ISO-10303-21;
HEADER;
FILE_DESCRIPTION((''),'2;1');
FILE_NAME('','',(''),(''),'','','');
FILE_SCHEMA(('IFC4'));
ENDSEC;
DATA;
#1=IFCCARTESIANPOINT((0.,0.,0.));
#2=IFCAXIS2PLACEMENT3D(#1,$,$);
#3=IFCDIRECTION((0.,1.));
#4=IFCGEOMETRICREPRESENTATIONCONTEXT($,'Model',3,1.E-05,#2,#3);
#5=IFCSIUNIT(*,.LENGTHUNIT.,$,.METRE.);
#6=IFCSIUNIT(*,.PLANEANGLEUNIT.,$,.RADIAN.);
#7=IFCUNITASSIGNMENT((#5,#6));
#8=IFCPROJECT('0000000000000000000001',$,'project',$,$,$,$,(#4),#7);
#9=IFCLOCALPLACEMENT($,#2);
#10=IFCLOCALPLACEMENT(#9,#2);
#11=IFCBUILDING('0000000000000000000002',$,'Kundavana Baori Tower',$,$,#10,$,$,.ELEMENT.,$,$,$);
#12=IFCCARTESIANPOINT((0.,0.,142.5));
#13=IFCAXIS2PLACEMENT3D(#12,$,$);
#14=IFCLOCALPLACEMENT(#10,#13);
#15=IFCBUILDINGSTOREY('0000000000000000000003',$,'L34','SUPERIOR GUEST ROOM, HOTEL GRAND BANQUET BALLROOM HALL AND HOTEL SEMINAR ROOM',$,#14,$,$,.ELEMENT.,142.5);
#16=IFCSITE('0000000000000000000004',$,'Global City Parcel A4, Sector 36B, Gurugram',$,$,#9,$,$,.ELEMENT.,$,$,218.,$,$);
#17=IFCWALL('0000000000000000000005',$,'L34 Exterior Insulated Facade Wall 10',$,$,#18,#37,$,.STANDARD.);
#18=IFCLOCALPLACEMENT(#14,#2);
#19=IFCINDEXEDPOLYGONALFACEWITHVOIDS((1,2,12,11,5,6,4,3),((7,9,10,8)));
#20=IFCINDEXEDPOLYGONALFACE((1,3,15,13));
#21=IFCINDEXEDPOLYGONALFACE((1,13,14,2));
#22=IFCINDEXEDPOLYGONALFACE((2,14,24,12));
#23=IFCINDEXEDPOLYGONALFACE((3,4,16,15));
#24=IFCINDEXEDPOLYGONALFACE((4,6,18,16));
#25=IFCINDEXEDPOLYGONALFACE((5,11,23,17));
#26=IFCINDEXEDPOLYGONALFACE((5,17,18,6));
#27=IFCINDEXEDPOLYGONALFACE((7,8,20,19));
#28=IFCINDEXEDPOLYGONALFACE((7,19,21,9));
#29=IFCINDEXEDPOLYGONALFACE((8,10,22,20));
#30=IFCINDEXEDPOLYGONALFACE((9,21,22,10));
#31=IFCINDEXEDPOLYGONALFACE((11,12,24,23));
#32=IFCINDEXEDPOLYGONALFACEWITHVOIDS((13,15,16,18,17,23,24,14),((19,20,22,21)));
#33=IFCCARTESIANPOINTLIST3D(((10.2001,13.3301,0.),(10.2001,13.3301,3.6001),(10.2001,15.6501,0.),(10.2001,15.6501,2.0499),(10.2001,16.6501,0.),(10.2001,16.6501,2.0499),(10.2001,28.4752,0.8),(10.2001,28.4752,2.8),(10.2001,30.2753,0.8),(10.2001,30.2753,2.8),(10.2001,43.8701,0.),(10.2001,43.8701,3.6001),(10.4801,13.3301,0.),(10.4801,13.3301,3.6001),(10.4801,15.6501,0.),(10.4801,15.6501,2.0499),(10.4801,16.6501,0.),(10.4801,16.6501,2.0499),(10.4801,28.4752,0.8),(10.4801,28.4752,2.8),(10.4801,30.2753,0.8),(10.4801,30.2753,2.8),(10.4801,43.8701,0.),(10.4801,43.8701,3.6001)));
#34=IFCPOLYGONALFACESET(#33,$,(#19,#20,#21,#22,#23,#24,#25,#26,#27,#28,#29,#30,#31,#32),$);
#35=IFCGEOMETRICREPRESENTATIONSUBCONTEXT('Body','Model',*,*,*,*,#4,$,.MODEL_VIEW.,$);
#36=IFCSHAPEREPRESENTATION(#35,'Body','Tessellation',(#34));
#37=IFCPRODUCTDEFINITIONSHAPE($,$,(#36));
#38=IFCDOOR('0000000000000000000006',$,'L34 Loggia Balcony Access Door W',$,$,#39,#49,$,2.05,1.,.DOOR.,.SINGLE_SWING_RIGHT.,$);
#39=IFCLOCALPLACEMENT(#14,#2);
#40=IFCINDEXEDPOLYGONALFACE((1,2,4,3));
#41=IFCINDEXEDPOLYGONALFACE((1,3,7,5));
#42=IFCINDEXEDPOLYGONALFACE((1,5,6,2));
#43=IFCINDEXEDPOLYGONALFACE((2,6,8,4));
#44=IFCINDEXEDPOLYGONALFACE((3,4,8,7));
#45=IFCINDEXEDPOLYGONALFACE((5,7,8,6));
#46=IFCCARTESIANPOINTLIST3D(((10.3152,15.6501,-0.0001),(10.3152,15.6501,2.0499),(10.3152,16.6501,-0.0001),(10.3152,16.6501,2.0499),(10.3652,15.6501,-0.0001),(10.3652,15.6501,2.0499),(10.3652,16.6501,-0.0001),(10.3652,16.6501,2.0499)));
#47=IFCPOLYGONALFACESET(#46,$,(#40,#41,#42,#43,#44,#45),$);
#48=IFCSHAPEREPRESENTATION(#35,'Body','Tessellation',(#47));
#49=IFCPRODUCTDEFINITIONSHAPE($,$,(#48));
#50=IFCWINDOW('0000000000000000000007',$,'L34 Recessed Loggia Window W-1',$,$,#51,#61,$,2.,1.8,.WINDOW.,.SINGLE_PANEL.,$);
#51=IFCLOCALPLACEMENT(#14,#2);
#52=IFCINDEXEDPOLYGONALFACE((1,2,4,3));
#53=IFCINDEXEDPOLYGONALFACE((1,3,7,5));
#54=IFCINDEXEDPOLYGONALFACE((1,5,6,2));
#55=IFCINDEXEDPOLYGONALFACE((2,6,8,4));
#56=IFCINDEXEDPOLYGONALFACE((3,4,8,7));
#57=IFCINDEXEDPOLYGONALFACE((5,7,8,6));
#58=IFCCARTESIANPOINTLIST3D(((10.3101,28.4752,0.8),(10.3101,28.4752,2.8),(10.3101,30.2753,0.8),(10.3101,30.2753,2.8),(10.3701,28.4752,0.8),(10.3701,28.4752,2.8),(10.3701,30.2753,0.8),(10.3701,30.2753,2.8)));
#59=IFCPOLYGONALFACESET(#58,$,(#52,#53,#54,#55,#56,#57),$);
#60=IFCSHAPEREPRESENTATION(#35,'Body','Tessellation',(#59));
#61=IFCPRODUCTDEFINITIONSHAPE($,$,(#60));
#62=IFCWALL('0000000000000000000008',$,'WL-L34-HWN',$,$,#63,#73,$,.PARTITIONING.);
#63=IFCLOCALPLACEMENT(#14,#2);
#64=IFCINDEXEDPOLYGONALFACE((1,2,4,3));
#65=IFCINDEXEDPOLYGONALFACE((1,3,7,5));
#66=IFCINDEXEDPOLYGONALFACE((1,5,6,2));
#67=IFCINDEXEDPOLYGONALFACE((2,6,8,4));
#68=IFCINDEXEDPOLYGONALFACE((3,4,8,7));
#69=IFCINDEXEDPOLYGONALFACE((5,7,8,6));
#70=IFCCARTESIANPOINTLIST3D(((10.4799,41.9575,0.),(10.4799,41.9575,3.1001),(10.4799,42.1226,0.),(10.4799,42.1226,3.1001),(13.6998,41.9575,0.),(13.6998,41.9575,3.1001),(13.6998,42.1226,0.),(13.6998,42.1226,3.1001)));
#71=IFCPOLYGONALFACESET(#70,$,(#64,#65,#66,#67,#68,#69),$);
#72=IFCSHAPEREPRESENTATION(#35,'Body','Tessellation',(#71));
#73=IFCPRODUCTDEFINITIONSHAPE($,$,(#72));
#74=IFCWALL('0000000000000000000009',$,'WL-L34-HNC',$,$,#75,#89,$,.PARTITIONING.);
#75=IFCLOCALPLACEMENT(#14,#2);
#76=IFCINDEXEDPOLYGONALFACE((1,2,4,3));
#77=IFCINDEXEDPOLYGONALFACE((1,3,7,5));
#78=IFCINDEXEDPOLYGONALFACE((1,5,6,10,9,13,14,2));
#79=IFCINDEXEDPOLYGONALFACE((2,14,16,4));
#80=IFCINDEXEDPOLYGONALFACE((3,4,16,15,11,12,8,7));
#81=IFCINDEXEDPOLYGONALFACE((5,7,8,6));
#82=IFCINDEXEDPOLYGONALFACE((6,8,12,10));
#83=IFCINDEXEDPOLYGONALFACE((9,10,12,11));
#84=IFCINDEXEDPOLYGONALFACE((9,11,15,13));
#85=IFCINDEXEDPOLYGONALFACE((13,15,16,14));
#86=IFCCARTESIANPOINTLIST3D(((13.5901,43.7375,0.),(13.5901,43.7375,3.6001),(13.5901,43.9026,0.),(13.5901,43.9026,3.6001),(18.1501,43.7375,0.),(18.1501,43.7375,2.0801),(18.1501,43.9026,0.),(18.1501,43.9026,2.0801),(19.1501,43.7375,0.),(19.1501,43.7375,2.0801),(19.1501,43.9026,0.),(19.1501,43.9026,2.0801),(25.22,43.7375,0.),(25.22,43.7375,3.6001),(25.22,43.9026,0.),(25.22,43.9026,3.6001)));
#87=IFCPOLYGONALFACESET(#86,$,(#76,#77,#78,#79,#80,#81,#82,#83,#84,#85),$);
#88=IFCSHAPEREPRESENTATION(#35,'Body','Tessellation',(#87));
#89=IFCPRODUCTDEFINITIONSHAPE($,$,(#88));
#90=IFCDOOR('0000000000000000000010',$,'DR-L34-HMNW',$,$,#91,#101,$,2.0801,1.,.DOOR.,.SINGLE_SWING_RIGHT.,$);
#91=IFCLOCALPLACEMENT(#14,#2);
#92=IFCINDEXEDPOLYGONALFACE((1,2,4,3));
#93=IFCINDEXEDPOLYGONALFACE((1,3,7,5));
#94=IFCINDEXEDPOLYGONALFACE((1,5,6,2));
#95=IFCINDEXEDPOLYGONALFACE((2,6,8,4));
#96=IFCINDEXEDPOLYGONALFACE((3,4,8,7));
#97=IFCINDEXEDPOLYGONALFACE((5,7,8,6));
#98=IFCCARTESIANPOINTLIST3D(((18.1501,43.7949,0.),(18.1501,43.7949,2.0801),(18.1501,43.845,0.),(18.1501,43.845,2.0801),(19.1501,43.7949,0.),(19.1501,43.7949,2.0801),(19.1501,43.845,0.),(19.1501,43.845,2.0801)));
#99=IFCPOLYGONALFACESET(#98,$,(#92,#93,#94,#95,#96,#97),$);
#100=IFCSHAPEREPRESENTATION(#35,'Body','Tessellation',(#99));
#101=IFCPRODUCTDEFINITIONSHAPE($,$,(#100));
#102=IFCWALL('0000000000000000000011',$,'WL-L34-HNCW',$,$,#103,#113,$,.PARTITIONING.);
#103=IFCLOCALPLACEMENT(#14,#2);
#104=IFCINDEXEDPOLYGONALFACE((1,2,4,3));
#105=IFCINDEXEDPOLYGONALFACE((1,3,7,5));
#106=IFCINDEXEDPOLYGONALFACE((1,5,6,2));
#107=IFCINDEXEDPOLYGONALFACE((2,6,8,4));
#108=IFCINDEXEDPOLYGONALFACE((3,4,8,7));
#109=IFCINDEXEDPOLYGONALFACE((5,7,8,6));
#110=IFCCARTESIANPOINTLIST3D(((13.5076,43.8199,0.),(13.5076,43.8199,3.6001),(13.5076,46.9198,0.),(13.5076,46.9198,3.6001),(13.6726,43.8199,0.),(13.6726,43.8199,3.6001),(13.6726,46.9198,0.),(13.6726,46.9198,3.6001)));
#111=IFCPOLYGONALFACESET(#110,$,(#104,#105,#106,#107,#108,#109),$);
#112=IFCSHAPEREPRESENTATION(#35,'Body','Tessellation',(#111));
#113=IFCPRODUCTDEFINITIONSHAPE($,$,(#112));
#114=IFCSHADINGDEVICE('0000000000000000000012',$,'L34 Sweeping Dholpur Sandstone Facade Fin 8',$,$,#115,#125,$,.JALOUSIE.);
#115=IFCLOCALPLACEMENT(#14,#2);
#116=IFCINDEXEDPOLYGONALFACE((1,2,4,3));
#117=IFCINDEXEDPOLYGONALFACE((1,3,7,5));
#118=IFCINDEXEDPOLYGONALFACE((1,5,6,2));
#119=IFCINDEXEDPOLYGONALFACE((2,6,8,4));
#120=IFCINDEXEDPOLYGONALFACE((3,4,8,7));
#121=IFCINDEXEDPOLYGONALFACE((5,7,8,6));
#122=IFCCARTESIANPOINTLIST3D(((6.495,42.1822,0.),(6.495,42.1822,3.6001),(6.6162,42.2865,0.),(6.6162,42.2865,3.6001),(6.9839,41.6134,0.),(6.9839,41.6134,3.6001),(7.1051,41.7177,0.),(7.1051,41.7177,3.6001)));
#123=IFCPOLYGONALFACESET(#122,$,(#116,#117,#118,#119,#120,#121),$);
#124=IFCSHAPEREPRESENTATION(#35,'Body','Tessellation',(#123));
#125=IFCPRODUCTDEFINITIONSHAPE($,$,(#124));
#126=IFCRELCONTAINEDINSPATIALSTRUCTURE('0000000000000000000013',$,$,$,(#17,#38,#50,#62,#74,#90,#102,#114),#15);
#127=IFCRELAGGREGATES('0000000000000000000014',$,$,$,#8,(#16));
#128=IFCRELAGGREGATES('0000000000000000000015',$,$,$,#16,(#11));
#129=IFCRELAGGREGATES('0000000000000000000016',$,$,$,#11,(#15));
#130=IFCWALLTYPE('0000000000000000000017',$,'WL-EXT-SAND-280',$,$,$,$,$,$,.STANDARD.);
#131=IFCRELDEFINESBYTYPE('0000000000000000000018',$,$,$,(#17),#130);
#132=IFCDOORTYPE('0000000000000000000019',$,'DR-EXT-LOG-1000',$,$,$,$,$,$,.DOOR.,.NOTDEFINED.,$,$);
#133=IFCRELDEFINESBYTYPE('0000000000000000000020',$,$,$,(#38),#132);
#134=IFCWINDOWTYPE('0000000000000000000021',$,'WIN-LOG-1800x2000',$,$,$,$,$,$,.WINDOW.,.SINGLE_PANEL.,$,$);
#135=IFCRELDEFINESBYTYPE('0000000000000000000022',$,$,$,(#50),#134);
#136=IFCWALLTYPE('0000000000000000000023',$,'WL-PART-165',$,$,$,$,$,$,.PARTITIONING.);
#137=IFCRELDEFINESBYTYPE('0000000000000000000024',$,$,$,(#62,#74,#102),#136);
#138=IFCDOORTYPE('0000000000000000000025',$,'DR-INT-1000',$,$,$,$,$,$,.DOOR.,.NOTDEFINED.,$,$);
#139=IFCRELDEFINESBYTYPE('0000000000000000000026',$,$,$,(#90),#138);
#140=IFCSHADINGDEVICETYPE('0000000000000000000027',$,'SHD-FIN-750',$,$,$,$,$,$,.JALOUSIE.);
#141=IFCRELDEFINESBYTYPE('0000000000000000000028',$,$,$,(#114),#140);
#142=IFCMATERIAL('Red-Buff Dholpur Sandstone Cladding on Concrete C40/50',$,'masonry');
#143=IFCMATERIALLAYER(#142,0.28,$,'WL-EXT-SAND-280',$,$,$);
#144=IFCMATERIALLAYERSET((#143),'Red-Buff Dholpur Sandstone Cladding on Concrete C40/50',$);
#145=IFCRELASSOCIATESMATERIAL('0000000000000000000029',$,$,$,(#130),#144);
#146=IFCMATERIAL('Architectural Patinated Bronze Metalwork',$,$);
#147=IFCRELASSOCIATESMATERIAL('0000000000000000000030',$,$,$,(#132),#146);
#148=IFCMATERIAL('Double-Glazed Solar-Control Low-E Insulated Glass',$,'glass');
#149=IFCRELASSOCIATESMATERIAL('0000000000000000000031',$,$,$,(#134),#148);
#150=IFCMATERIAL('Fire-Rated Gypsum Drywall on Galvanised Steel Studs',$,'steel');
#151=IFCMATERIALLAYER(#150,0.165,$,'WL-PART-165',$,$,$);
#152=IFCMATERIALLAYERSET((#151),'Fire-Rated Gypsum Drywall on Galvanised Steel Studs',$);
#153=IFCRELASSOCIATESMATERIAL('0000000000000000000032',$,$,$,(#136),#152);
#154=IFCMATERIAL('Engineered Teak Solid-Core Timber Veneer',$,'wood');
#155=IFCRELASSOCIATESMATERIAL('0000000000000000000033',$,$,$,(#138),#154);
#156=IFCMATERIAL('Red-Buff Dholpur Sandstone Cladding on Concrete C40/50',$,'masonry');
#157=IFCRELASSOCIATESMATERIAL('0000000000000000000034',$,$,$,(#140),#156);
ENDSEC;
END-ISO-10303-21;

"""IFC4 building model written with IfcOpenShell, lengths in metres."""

from ifc_helpers import new_model, si_unit, direction, frame, frame_2d, origin, origin_2d, place, context, subcontext, project, spatial, rectangle, extrude, material, layer, layer_set, type_object, element, fill, save


model = new_model("IFC4")

# Units and contexts
model_context = context("Model", 3, precision=1e-05, world=origin(), true_north=direction((0.0, 1.0)))
body_context = subcontext(model_context, "Body", "Model", "MODEL_VIEW")
ifc_project = project(units=[si_unit("LENGTHUNIT", "METRE"), si_unit("PLANEANGLEUNIT", "RADIAN")], contexts=[model_context])

# Site, building, storey
site_placement = place(None, origin())
site = spatial("IfcSite", under=ifc_project, at=site_placement, Name="Global City Parcel A4, Sector 36B, Gurugram", CompositionType="ELEMENT", RefElevation=218.0)
building_placement = place(site_placement, origin())
building = spatial("IfcBuilding", under=site, at=building_placement, Name="Kundavana Baori Tower", CompositionType="ELEMENT")
storey_placement = place(building_placement, frame((0.0, 0.0, 142.5)))
storey = spatial("IfcBuildingStorey", under=building, at=storey_placement, Name="L34", Description="SUPERIOR GUEST ROOM, HOTEL GRAND BANQUET BALLROOM HALL AND HOTEL SEMINAR ROOM", CompositionType="ELEMENT", Elevation=142.5)

# Shared definitions
ifc_material_1 = material(Name="Red-Buff Dholpur Sandstone Cladding on Concrete C40/50", Category="masonry")
ifc_layer_1 = layer(ifc_material_1, 0.28, Name="WL-EXT-SAND-280")
ifc_layer_set_1 = layer_set([ifc_layer_1], Name="Red-Buff Dholpur Sandstone Cladding on Concrete C40/50")
wall_type_1 = type_object("IfcWallType", Name="WL-EXT-SAND-280", PredefinedType="STANDARD", material=ifc_layer_set_1)

# Wall, openings, door, window
wall_1_placement = place(storey_placement, frame((10.3401, 43.8701, 0.0), z_axis=(0.0, 0.0, 1.0), x_axis=(0.0, -1.0, 0.0)))
wall_1 = element("IfcWall", 1, at=wall_1_placement, inside=storey, type_object=wall_type_1, Name="L34 Exterior Insulated Facade Wall 10", PredefinedType="STANDARD", context=body_context, shape_type="SweptSolid", body=[
    extrude(rectangle(XDim=30.54, YDim=0.28, at=frame_2d((15.27, 0.0))), origin(), (0.0, 0.0, 1.0), 3.6001),
])
opening_1_placement = place(wall_1_placement, frame((27.22, 0.0, 0.0)))
opening_1 = element("IfcOpeningElement", 2, at=opening_1_placement, cuts=wall_1, PredefinedType="OPENING", context=body_context, shape_type="SweptSolid", body=[
    extrude(rectangle(XDim=1.0, YDim=2.05, at=frame_2d((0.5, 1.0249))), frame((0.0, 0.1499, 0.0), z_axis=(0.0, -1.0, 0.0), x_axis=(1.0, 0.0, 0.0)), (0.0, 0.0, 1.0), 0.3),
])
opening_2_placement = place(wall_1_placement, frame((13.595, 0.0, 0.8)))
opening_2 = element("IfcOpeningElement", 3, at=opening_2_placement, cuts=wall_1, PredefinedType="OPENING", context=body_context, shape_type="SweptSolid", body=[
    extrude(rectangle(XDim=1.8, YDim=2.0, at=frame_2d((0.8999, 1.0))), frame((0.0, 0.1499, 0.0), z_axis=(0.0, -1.0, 0.0), x_axis=(1.0, 0.0, 0.0)), (0.0, 0.0, 1.0), 0.3),
])
ifc_material_2 = material(Name="Architectural Patinated Bronze Metalwork")
door_type_1 = type_object("IfcDoorType", Name="DR-EXT-LOG-1000", OperationType="NOTDEFINED", PredefinedType="DOOR", material=ifc_material_2)
door_1_placement = place(opening_1_placement, frame((1.0, 0.0, 0.0), z_axis=(0.0, 0.0, 1.0), x_axis=(-1.0, 0.0, 0.0)))
door_1 = element("IfcDoor", 4, at=door_1_placement, inside=storey, type_object=door_type_1, Name="L34 Loggia Balcony Access Door W", OperationType="SINGLE_SWING_RIGHT", OverallHeight=2.05, OverallWidth=1.0, PredefinedType="DOOR", context=body_context, shape_type="SweptSolid", body=[
    extrude(rectangle(XDim=1.0, YDim=2.05, at=frame_2d((0.5, 1.0249))), frame((0.0, 0.0249, 0.0), z_axis=(0.0, -1.0, 0.0), x_axis=(1.0, 0.0, 0.0)), (0.0, 0.0, 1.0), 0.05),
])
fill(opening_1, door_1)
ifc_material_3 = material(Name="Double-Glazed Solar-Control Low-E Insulated Glass", Category="glass")
window_type = type_object("IfcWindowType", Name="WIN-LOG-1800x2000", PartitioningType="SINGLE_PANEL", PredefinedType="WINDOW", material=ifc_material_3)
window_placement = place(opening_2_placement, origin())
window = element("IfcWindow", 5, at=window_placement, inside=storey, type_object=window_type, Name="L34 Recessed Loggia Window W-1", OverallHeight=2.0, OverallWidth=1.8, PartitioningType="SINGLE_PANEL", PredefinedType="WINDOW", context=body_context, shape_type="SweptSolid", body=[
    extrude(rectangle(XDim=1.8, YDim=2.0, at=frame_2d((0.8999, 1.0))), frame((0.0, 0.03, 0.0), z_axis=(0.0, -1.0, 0.0), x_axis=(1.0, 0.0, 0.0)), (0.0, 0.0, 1.0), 0.0601),
])
fill(opening_2, window)

# Wall
ifc_material_4 = material(Name="Fire-Rated Gypsum Drywall on Galvanised Steel Studs", Category="steel")
ifc_layer_2 = layer(ifc_material_4, 0.165, Name="WL-PART-165")
ifc_layer_set_2 = layer_set([ifc_layer_2], Name="Fire-Rated Gypsum Drywall on Galvanised Steel Studs")
wall_type_2 = type_object("IfcWallType", Name="WL-PART-165", PredefinedType="PARTITIONING", material=ifc_layer_set_2)
wall_2_placement = place(storey_placement, frame((10.48, 42.04, 0.0), z_axis=(0.0, 0.0, 1.0), x_axis=(1.0, 0.0, 0.0)))
element("IfcWall", 6, at=wall_2_placement, inside=storey, type_object=wall_type_2, Name="WL-L34-HWN", PredefinedType="PARTITIONING", context=body_context, shape_type="SweptSolid", body=[
    extrude(rectangle(XDim=3.22, YDim=0.165, at=frame_2d((1.6099, 0.0))), origin(), (0.0, 0.0, 1.0), 3.1001),
])

# Wall, opening, door
wall_3_placement = place(storey_placement, frame((13.5901, 43.8201, 0.0), z_axis=(0.0, 0.0, 1.0), x_axis=(1.0, 0.0, 0.0)))
wall_3 = element("IfcWall", 7, at=wall_3_placement, inside=storey, type_object=wall_type_2, Name="WL-L34-HNC", PredefinedType="PARTITIONING", context=body_context, shape_type="SweptSolid", body=[
    extrude(rectangle(XDim=11.6299, YDim=0.165, at=frame_2d((5.8149, 0.0))), origin(), (0.0, 0.0, 1.0), 3.6001),
])
opening_3_placement = place(wall_3_placement, frame((4.5601, 0.0, 0.0)))
opening_3 = element("IfcOpeningElement", 8, at=opening_3_placement, cuts=wall_3, PredefinedType="OPENING", context=body_context, shape_type="SweptSolid", body=[
    extrude(rectangle(XDim=1.0, YDim=2.0801, at=frame_2d((0.5, 1.04))), frame((0.0, 0.0925, 0.0), z_axis=(0.0, -1.0, 0.0), x_axis=(1.0, 0.0, 0.0)), (0.0, 0.0, 1.0), 0.1851),
])
ifc_material_5 = material(Name="Engineered Teak Solid-Core Timber Veneer", Category="wood")
door_type_2 = type_object("IfcDoorType", Name="DR-INT-1000", OperationType="NOTDEFINED", PredefinedType="DOOR", material=ifc_material_5)
door_2_placement = place(opening_3_placement, origin())
door_2 = element("IfcDoor", 9, at=door_2_placement, inside=storey, type_object=door_type_2, Name="DR-L34-HMNW", OperationType="SINGLE_SWING_RIGHT", OverallHeight=2.0801, OverallWidth=1.0, PredefinedType="DOOR", context=body_context, shape_type="SweptSolid", body=[
    extrude(rectangle(XDim=1.0, YDim=2.0801, at=frame_2d((0.5, 1.04))), frame((0.0, 0.0249, 0.0), z_axis=(0.0, -1.0, 0.0), x_axis=(1.0, 0.0, 0.0)), (0.0, 0.0, 1.0), 0.05),
])
fill(opening_3, door_2)

# Wall
wall_4_placement = place(storey_placement, frame((13.5901, 43.8201, 0.0), z_axis=(0.0, 0.0, 1.0), x_axis=(0.0, 1.0, 0.0)))
element("IfcWall", 10, at=wall_4_placement, inside=storey, type_object=wall_type_2, Name="WL-L34-HNCW", PredefinedType="PARTITIONING", context=body_context, shape_type="SweptSolid", body=[
    extrude(rectangle(XDim=3.0999, YDim=0.165, at=frame_2d((1.5498, 0.0))), origin(), (0.0, 0.0, 1.0), 3.6001),
])

# Shading device
ifc_material_6 = material(Name="Red-Buff Dholpur Sandstone Cladding on Concrete C40/50", Category="masonry")
shading_device_type = type_object("IfcShadingDeviceType", Name="SHD-FIN-750", PredefinedType="JALOUSIE", material=ifc_material_6)
shading_device_placement = place(storey_placement, frame((6.8, 41.95, 0.0), z_axis=(0.0, 0.0, 1.0), x_axis=(0.758362, 0.651834, 0.0)))
element("IfcShadingDevice", 11, at=shading_device_placement, inside=storey, type_object=shading_device_type, Name="L34 Sweeping Dholpur Sandstone Facade Fin 8", PredefinedType="JALOUSIE", context=body_context, shape_type="SweptSolid", body=[
    extrude(rectangle(XDim=0.1599, YDim=0.75, at=origin_2d()), origin(), (0.0, 0.0, 1.0), 3.6001),
])

save(model, "model.ifc")
